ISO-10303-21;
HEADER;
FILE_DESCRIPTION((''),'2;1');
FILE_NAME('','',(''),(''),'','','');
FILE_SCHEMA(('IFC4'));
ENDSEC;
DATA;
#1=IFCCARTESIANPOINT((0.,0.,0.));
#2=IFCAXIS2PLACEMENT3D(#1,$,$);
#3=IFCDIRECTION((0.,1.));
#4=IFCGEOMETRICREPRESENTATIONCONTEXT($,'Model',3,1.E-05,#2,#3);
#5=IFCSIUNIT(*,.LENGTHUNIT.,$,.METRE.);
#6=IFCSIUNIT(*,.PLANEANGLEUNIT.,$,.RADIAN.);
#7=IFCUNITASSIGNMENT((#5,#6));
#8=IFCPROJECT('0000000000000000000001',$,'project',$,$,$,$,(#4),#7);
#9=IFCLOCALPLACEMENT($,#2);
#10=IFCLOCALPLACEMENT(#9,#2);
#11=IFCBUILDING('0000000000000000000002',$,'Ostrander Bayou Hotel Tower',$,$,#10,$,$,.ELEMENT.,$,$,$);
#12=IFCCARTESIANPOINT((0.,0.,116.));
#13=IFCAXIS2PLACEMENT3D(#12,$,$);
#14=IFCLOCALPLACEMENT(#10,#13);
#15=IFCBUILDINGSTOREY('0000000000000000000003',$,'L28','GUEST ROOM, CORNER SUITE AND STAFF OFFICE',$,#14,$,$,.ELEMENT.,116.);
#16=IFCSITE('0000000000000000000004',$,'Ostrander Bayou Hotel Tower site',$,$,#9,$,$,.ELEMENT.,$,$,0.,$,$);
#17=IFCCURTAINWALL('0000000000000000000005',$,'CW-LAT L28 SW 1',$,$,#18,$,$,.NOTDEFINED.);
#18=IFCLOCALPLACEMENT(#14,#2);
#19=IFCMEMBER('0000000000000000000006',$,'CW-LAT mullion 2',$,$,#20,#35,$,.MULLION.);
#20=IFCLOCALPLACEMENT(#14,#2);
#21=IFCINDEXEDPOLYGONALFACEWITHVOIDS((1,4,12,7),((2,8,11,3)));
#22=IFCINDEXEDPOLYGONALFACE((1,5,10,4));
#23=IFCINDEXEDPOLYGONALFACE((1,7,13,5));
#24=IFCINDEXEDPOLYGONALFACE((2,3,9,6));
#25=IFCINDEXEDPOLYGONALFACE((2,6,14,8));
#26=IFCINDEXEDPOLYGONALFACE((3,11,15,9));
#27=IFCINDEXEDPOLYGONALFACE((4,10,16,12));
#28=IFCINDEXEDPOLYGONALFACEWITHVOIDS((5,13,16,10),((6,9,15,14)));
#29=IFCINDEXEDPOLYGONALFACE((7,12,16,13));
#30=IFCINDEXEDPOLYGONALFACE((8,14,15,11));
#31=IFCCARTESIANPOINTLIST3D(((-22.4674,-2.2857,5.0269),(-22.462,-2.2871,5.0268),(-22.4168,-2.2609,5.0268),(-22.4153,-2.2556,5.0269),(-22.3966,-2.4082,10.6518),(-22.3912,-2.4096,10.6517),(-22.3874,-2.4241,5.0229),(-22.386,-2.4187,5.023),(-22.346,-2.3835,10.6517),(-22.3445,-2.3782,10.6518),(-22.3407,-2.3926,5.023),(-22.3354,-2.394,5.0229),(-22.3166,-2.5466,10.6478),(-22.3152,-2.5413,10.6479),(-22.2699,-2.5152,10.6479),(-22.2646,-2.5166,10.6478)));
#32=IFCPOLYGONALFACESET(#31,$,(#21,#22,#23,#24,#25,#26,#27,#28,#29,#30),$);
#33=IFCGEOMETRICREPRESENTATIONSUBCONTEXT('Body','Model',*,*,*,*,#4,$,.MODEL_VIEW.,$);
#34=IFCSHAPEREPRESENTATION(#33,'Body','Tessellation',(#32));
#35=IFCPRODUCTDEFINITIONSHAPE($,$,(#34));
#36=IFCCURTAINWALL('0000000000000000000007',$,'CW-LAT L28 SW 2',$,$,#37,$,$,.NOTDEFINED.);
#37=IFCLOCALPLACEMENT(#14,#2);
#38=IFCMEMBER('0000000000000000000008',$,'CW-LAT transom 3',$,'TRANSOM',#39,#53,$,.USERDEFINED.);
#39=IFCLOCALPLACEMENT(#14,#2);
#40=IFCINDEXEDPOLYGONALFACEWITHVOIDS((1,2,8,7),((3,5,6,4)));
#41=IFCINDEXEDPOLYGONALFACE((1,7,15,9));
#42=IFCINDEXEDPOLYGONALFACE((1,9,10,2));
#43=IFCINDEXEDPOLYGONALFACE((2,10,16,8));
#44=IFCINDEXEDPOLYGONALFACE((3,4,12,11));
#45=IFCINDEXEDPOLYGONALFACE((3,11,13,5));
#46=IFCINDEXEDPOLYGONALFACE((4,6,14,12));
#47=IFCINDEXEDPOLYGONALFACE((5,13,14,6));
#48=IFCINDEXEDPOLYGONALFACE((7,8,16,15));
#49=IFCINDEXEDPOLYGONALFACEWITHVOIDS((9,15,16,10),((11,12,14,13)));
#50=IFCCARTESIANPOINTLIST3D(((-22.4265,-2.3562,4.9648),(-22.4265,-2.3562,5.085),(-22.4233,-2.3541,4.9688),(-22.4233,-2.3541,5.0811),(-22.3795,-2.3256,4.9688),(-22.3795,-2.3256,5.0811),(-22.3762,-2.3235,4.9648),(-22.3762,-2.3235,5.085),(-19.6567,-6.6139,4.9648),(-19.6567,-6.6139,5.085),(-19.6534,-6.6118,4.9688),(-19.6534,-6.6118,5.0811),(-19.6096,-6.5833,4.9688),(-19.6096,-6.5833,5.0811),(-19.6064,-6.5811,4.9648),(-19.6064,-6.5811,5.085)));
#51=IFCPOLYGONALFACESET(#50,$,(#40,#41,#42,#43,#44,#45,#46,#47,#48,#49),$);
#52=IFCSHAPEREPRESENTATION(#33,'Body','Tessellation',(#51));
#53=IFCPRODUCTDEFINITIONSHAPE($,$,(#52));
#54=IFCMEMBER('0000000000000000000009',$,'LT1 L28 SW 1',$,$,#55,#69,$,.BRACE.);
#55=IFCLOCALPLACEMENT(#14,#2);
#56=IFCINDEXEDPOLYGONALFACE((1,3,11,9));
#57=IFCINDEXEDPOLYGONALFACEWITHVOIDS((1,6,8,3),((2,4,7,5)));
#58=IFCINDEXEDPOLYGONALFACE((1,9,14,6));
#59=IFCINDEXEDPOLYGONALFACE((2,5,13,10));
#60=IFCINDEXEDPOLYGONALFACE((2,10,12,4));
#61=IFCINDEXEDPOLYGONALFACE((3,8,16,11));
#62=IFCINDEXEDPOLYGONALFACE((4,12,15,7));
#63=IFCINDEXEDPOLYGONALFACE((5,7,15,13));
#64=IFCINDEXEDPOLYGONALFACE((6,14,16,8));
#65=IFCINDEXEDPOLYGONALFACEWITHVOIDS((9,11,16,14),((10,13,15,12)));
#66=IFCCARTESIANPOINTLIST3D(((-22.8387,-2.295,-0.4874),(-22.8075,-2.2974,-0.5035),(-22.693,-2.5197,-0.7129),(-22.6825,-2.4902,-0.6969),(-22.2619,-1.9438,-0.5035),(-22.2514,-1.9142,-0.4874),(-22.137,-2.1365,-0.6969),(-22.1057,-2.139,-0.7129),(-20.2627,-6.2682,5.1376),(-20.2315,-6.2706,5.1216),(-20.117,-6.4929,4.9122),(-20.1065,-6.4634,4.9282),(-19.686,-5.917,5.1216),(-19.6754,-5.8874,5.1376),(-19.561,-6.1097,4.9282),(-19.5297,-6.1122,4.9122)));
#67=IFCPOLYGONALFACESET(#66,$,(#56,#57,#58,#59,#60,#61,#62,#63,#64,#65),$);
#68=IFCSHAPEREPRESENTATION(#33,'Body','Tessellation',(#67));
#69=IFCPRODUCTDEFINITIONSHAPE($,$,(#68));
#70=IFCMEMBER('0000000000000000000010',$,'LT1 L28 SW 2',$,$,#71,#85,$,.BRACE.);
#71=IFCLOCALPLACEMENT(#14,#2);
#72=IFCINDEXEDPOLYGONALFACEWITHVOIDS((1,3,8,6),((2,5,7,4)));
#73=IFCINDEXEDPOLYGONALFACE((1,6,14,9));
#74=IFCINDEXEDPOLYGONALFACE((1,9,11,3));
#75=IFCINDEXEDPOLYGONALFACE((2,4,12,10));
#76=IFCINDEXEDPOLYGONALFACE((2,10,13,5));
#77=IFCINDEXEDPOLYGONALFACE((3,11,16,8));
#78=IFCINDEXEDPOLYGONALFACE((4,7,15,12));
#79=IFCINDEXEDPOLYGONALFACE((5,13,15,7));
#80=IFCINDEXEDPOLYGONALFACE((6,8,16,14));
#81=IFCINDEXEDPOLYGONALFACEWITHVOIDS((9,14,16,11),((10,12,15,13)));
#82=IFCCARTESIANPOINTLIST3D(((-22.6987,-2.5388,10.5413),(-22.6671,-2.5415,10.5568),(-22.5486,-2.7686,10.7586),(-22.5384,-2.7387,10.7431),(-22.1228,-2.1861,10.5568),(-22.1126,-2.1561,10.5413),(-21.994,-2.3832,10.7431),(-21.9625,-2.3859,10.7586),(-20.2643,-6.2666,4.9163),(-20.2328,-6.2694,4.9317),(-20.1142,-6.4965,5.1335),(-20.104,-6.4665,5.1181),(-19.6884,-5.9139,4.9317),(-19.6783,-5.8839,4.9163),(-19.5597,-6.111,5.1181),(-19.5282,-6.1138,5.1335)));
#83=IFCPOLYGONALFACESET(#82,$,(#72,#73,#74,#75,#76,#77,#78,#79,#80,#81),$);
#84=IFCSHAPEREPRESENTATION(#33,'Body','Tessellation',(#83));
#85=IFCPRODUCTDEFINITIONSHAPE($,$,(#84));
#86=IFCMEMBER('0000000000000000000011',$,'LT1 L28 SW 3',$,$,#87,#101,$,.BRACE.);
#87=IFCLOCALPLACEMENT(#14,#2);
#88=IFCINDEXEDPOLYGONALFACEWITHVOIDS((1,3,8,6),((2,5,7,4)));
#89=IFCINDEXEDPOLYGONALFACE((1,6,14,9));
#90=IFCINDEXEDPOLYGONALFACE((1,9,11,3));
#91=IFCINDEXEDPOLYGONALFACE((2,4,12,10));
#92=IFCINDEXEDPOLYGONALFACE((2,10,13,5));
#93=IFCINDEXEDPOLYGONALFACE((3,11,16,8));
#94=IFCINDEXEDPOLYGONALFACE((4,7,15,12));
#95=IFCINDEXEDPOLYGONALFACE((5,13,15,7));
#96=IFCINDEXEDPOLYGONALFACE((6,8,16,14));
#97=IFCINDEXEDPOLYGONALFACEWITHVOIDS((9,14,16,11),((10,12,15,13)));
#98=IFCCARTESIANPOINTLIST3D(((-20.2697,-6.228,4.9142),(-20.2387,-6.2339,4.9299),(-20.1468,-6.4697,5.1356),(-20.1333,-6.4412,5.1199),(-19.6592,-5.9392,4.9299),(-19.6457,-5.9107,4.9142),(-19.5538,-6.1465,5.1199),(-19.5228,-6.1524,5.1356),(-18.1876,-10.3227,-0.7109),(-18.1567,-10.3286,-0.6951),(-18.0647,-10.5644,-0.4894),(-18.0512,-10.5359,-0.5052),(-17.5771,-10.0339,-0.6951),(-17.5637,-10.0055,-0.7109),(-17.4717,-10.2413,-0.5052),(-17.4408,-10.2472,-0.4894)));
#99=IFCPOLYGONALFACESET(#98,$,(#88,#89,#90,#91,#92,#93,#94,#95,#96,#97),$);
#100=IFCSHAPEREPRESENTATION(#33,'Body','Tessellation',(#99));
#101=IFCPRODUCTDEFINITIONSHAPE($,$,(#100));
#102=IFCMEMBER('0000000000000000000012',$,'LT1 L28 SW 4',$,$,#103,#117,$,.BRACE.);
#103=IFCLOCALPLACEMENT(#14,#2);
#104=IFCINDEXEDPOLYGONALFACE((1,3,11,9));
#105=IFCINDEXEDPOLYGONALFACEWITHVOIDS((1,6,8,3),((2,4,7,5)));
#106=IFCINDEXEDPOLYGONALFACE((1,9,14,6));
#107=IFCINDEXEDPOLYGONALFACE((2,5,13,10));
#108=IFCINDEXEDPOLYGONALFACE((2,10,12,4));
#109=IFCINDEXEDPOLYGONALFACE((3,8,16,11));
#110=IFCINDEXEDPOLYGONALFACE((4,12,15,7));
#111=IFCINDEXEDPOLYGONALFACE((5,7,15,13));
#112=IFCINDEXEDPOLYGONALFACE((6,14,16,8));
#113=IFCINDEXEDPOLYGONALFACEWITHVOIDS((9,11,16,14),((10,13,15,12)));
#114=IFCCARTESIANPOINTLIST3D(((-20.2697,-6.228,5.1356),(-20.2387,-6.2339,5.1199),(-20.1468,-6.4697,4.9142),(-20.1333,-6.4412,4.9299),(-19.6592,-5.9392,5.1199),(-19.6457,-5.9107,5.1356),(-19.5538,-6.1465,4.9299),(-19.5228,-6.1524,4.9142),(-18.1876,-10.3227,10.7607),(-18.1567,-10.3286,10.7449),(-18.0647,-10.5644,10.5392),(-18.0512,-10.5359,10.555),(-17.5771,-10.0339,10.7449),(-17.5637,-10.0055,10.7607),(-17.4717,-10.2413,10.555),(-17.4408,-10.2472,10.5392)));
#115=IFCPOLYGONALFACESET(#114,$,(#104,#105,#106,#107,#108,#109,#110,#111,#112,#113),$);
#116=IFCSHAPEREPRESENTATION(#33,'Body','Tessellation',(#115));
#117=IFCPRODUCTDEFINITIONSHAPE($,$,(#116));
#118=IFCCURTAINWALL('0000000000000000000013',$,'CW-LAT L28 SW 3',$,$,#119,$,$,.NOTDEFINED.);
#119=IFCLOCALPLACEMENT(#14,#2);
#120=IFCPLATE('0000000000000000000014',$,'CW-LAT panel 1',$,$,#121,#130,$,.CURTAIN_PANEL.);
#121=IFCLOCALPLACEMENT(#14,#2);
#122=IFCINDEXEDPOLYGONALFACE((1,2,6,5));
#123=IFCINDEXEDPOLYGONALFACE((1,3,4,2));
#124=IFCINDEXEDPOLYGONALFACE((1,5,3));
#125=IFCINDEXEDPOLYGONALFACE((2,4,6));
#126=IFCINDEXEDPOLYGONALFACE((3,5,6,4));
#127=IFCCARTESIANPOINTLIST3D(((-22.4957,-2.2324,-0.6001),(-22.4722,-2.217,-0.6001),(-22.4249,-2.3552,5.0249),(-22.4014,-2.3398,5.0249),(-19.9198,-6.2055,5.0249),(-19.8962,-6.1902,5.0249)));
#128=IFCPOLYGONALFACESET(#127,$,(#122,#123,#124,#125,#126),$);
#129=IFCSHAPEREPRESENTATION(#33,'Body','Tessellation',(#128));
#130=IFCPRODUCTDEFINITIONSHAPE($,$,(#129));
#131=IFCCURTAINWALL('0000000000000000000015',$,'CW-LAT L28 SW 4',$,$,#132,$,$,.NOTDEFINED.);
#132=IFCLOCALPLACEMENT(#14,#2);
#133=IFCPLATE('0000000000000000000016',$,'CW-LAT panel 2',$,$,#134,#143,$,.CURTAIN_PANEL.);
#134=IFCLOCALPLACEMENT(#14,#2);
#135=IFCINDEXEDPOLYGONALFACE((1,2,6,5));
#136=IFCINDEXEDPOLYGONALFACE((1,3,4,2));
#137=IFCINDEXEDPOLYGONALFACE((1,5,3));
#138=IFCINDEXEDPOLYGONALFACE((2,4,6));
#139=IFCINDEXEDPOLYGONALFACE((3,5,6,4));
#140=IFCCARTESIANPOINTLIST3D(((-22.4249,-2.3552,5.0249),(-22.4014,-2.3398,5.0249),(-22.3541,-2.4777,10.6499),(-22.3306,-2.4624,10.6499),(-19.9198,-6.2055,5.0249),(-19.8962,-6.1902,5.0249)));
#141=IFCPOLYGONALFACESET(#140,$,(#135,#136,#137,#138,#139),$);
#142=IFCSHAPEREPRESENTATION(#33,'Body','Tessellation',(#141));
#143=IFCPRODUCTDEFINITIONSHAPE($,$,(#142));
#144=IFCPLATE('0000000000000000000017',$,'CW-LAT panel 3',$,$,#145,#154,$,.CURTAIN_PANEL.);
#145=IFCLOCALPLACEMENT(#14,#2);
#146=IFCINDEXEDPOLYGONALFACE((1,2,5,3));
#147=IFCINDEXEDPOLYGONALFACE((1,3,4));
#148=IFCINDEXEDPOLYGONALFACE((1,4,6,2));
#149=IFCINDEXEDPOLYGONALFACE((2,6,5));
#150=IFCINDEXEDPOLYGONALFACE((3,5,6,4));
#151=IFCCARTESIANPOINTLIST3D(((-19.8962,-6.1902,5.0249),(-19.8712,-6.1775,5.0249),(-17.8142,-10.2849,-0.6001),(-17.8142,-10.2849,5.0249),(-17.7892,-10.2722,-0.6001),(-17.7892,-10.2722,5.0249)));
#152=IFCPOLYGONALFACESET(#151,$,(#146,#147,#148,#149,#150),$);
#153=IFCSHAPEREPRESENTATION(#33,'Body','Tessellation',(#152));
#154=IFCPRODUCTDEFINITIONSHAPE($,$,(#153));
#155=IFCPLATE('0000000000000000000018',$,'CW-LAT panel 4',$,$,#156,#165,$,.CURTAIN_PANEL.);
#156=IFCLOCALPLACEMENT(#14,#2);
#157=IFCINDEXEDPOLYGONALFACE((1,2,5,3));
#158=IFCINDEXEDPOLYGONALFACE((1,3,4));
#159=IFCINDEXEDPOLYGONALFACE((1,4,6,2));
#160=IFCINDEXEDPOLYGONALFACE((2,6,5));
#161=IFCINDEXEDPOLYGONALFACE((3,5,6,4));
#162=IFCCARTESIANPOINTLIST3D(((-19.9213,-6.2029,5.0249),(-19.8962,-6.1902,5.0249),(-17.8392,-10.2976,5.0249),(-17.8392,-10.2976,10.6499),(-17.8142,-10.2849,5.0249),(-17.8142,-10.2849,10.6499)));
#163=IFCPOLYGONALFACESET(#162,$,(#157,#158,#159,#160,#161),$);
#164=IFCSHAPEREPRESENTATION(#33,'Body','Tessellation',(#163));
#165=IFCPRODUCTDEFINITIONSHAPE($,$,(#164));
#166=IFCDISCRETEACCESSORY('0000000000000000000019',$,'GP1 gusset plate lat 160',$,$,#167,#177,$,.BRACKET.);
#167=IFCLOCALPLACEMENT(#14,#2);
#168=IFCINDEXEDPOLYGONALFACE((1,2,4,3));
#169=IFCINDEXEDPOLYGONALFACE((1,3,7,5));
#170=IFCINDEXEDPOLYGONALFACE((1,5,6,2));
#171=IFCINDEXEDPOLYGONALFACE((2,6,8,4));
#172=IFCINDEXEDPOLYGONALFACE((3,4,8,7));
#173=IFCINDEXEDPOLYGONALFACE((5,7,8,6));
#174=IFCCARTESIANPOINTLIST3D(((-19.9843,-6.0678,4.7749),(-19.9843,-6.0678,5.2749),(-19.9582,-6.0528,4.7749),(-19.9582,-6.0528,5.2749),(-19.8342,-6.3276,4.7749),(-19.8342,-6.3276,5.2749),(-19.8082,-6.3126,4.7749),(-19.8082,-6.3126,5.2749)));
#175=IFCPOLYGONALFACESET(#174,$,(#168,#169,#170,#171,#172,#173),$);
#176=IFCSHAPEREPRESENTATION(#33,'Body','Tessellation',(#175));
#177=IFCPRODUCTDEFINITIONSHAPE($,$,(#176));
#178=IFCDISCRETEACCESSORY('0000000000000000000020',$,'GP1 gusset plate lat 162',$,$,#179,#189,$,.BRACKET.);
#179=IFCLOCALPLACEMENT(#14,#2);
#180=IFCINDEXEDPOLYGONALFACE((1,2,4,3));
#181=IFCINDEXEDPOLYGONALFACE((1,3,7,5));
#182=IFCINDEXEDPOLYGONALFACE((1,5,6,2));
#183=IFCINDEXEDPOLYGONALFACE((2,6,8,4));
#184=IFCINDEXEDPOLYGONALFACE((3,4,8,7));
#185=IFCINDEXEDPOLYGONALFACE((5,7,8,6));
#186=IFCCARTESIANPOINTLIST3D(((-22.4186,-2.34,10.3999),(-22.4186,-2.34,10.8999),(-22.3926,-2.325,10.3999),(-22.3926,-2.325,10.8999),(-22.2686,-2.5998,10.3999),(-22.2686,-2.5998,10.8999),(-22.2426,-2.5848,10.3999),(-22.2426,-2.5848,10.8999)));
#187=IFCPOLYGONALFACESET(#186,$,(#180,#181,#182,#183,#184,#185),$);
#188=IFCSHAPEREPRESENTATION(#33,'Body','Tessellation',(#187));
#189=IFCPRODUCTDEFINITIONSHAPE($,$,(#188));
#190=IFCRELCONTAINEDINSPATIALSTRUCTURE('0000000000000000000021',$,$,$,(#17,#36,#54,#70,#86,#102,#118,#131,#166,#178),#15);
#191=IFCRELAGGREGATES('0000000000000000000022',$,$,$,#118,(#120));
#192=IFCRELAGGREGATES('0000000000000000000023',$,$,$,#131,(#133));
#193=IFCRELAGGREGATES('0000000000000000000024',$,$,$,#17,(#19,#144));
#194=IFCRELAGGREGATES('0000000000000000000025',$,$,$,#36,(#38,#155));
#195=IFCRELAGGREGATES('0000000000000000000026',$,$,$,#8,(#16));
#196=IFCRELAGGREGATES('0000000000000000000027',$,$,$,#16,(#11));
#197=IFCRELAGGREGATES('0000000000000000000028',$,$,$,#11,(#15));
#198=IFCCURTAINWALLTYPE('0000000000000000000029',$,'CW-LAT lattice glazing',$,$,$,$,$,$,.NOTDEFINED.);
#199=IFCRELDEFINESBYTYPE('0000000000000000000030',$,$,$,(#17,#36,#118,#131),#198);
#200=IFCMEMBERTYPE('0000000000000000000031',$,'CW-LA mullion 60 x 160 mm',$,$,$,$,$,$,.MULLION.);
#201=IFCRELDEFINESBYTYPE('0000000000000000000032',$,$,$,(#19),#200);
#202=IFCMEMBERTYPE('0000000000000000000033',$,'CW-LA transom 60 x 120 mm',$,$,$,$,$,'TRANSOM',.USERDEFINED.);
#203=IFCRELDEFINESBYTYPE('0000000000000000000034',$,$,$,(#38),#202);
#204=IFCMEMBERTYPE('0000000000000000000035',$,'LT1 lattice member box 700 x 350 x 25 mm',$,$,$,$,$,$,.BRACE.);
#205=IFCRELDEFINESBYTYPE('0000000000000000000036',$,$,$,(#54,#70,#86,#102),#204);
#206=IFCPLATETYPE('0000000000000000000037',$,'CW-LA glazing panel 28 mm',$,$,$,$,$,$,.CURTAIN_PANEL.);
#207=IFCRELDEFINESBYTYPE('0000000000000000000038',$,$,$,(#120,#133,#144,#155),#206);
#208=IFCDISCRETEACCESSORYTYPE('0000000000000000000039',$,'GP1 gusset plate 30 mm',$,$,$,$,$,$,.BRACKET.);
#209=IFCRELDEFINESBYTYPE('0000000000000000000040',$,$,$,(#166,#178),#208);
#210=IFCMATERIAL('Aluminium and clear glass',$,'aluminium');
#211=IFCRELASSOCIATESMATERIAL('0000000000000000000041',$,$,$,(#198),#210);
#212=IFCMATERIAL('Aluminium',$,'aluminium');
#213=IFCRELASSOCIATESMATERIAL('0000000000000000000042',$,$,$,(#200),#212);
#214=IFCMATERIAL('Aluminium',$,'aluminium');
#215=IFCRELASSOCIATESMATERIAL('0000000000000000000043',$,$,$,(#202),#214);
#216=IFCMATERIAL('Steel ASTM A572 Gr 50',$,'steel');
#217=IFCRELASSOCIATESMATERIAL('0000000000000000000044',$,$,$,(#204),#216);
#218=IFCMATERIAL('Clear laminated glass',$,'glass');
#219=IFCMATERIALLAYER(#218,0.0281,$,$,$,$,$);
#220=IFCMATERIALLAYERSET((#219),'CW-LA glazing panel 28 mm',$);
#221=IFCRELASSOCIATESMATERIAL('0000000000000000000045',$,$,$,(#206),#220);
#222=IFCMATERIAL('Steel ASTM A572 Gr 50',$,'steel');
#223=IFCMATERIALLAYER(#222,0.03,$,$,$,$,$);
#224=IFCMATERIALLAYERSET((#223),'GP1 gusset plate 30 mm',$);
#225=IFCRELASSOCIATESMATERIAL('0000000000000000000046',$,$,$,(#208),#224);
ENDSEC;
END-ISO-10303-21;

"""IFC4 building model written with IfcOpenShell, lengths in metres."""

from ifc_helpers import new_model, si_unit, direction, frame, origin, origin_2d, place, context, subcontext, project, spatial, polyline, rectangle, hollow_rectangle, outline, extrude, material, layer, layer_set, material_profile, profile_set, type_object, element, aggregate, save


model = new_model("IFC4")

# Units and contexts
model_context = context("Model", 3, precision=1e-05, world=origin(), true_north=direction((0.0, 1.0)))
body_context = subcontext(model_context, "Body", "Model", "MODEL_VIEW")
ifc_project = project(units=[si_unit("LENGTHUNIT", "METRE"), si_unit("PLANEANGLEUNIT", "RADIAN")], contexts=[model_context])

# Site, building, storey
site_placement = place(None, origin())
site = spatial("IfcSite", under=ifc_project, at=site_placement, Name="Ostrander Bayou Hotel Tower site", CompositionType="ELEMENT", RefElevation=0.0)
building_placement = place(site_placement, origin())
building = spatial("IfcBuilding", under=site, at=building_placement, Name="Ostrander Bayou Hotel Tower", CompositionType="ELEMENT")
storey_placement = place(building_placement, frame((0.0, 0.0, 116.0)))
storey = spatial("IfcBuildingStorey", under=building, at=storey_placement, Name="L28", Description="GUEST ROOM, CORNER SUITE AND STAFF OFFICE", CompositionType="ELEMENT", Elevation=116.0)

# Curtain walls, members
ifc_material_1 = material(Name="Aluminium and clear glass", Category="aluminium")
curtain_wall_type = type_object("IfcCurtainWallType", Name="CW-LAT lattice glazing", PredefinedType="NOTDEFINED", material=ifc_material_1)
curtain_wall_1_placement = place(storey_placement, origin())
curtain_wall_1 = element("IfcCurtainWall", 1, at=curtain_wall_1_placement, inside=storey, type_object=curtain_wall_type, Name="CW-LAT L28 SW 1", PredefinedType="NOTDEFINED")
ifc_material_2 = material(Name="Aluminium", Category="aluminium")
ifc_material_profile_1 = material_profile(ifc_material_2, hollow_rectangle(XDim=0.0601, YDim=0.1599, WallThickness=0.0039, at=origin_2d()))
ifc_profile_set_1 = profile_set([ifc_material_profile_1], Name="Aluminium")
member_type_1 = type_object("IfcMemberType", Name="CW-LA mullion 60 x 160 mm", PredefinedType="MULLION", material=ifc_profile_set_1)
member_1_placement = place(storey_placement, frame((-22.4014, -2.3398, 5.0249), z_axis=(0.012583, -0.021781, 0.999684), x_axis=(0.865898, 0.50022, 0.0)))
member_1 = element("IfcMember", 2, at=member_1_placement, type_object=member_type_1, Name="CW-LAT mullion 2", PredefinedType="MULLION", context=body_context, shape_type="SweptSolid", body=[
    extrude(hollow_rectangle(XDim=0.0601, YDim=0.1599, WallThickness=0.0039, at=origin_2d()), origin(), (0.0, 0.0, 1.0), 5.6267),
])
curtain_wall_2_placement = place(storey_placement, origin())
curtain_wall_2 = element("IfcCurtainWall", 3, at=curtain_wall_2_placement, inside=storey, type_object=curtain_wall_type, Name="CW-LAT L28 SW 2", PredefinedType="NOTDEFINED")
ifc_material_3 = material(Name="Aluminium", Category="aluminium")
ifc_material_profile_2 = material_profile(ifc_material_3, hollow_rectangle(XDim=0.0601, YDim=0.1201, WallThickness=0.0039, at=origin_2d()))
ifc_profile_set_2 = profile_set([ifc_material_profile_2], Name="Aluminium")
member_type_2 = type_object("IfcMemberType", Name="CW-LA transom 60 x 120 mm", ElementType="TRANSOM", PredefinedType="USERDEFINED", material=ifc_profile_set_2)
member_2_placement = place(storey_placement, frame((-22.4014, -2.3398, 5.0249), z_axis=(0.545314, -0.838232, 0.0), x_axis=(0.838232, 0.545314, 0.0)))
member_2 = element("IfcMember", 4, at=member_2_placement, type_object=member_type_2, Name="CW-LAT transom 3", ObjectType="TRANSOM", PredefinedType="USERDEFINED", context=body_context, shape_type="SweptSolid", body=[
    extrude(hollow_rectangle(XDim=0.0601, YDim=0.1201, WallThickness=0.0039, at=origin_2d()), origin(), (0.0, 0.0, 1.0), 5.0793),
])

# Members
ifc_material_4 = material(Name="Steel ASTM A572 Gr 50", Category="steel")
ifc_material_profile_3 = material_profile(ifc_material_4, hollow_rectangle(XDim=0.7, YDim=0.3501, WallThickness=0.0249, at=origin_2d()))
ifc_profile_set_3 = profile_set([ifc_material_profile_3], Name="Steel ASTM A572 Gr 50")
member_type_3 = type_object("IfcMemberType", Name="LT1 lattice member box 700 x 350 x 25 mm", PredefinedType="BRACE", material=ifc_profile_set_3)
member_3_placement = place(storey_placement, frame((-19.8962, -6.1902, 5.0249), z_axis=(-0.350339, 0.540367, -0.765027), x_axis=(-0.839082, -0.544006, 0.0)))
element("IfcMember", 5, at=member_3_placement, inside=storey, type_object=member_type_3, Name="LT1 L28 SW 1", PredefinedType="BRACE", context=body_context, shape_type="SweptSolid", body=[
    extrude(hollow_rectangle(XDim=0.7, YDim=0.3501, WallThickness=0.0249, at=origin_2d()), origin(), (0.0, 0.0, 1.0), 7.3528),
])
member_4_placement = place(storey_placement, frame((-19.8962, -6.1902, 5.0249), z_axis=(-0.339337, 0.519641, 0.784107), x_axis=(-0.837285, -0.546766, 0.0)))
element("IfcMember", 6, at=member_4_placement, inside=storey, type_object=member_type_3, Name="LT1 L28 SW 2", PredefinedType="BRACE", context=body_context, shape_type="SweptSolid", body=[
    extrude(hollow_rectangle(XDim=0.7, YDim=0.3501, WallThickness=0.0249, at=origin_2d()), origin(), (0.0, 0.0, 1.0), 7.1738),
])
for number, where, z_axis, x_axis, name in (
    (7, (-19.8962, -6.1902, 5.0249), (0.286687, -0.563827, -0.774539), (0.891388, 0.453241, 0.0), "LT1 L28 SW 3"),
    (8, (-19.8962, -6.1902, 5.0249), (0.286687, -0.563827, 0.774539), (0.891388, 0.453241, 0.0), "LT1 L28 SW 4"),
):
    element("IfcMember", number, at=place(storey_placement, frame(where, z_axis=z_axis, x_axis=x_axis)), inside=storey, type_object=member_type_3, Name=name, PredefinedType="BRACE", context=body_context, shape_type="SweptSolid", body=[
        extrude(hollow_rectangle(XDim=0.7, YDim=0.3501, WallThickness=0.0249, at=origin_2d()), origin(), (0.0, 0.0, 1.0), 7.2625),
    ])

# Curtain walls, plates
curtain_wall_3_placement = place(storey_placement, origin())
curtain_wall_3 = element("IfcCurtainWall", 9, at=curtain_wall_3_placement, inside=storey, type_object=curtain_wall_type, Name="CW-LAT L28 SW 3", PredefinedType="NOTDEFINED")
ifc_material_5 = material(Name="Clear laminated glass", Category="glass")
ifc_layer_1 = layer(ifc_material_5, 0.0281)
ifc_layer_set_1 = layer_set([ifc_layer_1], Name="CW-LA glazing panel 28 mm")
plate_type = type_object("IfcPlateType", Name="CW-LA glazing panel 28 mm", PredefinedType="CURTAIN_PANEL", material=ifc_layer_set_1)
plate_1_placement = place(storey_placement, frame((-19.8962, -6.1902, 5.0249), z_axis=(0.838204, 0.545356, 0.001356), x_axis=(-0.350339, 0.540367, -0.765027)))
plate_1 = element("IfcPlate", 10, at=plate_1_placement, type_object=plate_type, Name="CW-LAT panel 1", PredefinedType="CURTAIN_PANEL", context=body_context, shape_type="SweptSolid", body=[
    extrude(outline(polyline([(0.0, 0.0), (7.3527, 0.0), (2.9582, 3.5142), (0.0, 0.0)])), origin(), (0.0, 0.0, -1.0), 0.0281),
])
aggregate(curtain_wall_3, [plate_1])
curtain_wall_4_placement = place(storey_placement, origin())
curtain_wall_4 = element("IfcCurtainWall", 11, at=curtain_wall_4_placement, inside=storey, type_object=curtain_wall_type, Name="CW-LAT L28 SW 4", PredefinedType="NOTDEFINED")
plate_2_placement = place(storey_placement, frame((-19.8962, -6.1902, 5.0249), z_axis=(0.838204, 0.545356, 0.001332), x_axis=(-0.339337, 0.519641, 0.784107)))
plate_2 = element("IfcPlate", 12, at=plate_2_placement, type_object=plate_type, Name="CW-LAT panel 2", PredefinedType="CURTAIN_PANEL", context=body_context, shape_type="SweptSolid", body=[
    extrude(outline(polyline([(0.0, 0.0), (7.1738, 0.0), (2.8509, -3.6018), (0.0, 0.0)])), origin(), (0.0, 0.0, -1.0), 0.0281),
])
aggregate(curtain_wall_4, [plate_2])

# Plates
plate_3_placement = place(storey_placement, frame((-19.8962, -6.1902, 5.0249), z_axis=(-0.891388, -0.453241, 0.0), x_axis=(0.286687, -0.563827, -0.774539)))
plate_3 = element("IfcPlate", 13, at=plate_3_placement, type_object=plate_type, Name="CW-LAT panel 3", PredefinedType="CURTAIN_PANEL", context=body_context, shape_type="SweptSolid", body=[
    extrude(outline(polyline([(0.0, 0.0), (7.2624, 0.0), (2.9056, 3.558), (0.0, 0.0)])), origin(), (0.0, 0.0, -1.0), 0.0281),
])
aggregate(curtain_wall_1, [member_1, plate_3])
plate_4_placement = place(storey_placement, frame((-19.8962, -6.1902, 5.0249), z_axis=(0.891388, 0.453241, 0.0), x_axis=(0.286687, -0.563827, 0.774539)))
plate_4 = element("IfcPlate", 14, at=plate_4_placement, type_object=plate_type, Name="CW-LAT panel 4", PredefinedType="CURTAIN_PANEL", context=body_context, shape_type="SweptSolid", body=[
    extrude(outline(polyline([(0.0, 0.0), (7.2624, 0.0), (2.9056, 3.558), (0.0, 0.0)])), origin(), (0.0, 0.0, -1.0), 0.0281),
])
aggregate(curtain_wall_2, [member_2, plate_4])

# Discrete accessories
ifc_material_6 = material(Name="Steel ASTM A572 Gr 50", Category="steel")
ifc_layer_2 = layer(ifc_material_6, 0.03)
ifc_layer_set_2 = layer_set([ifc_layer_2], Name="GP1 gusset plate 30 mm")
discrete_accessory_type = type_object("IfcDiscreteAccessoryType", Name="GP1 gusset plate 30 mm", PredefinedType="BRACKET", material=ifc_layer_set_2)
for number, where, z_axis, x_axis, name in (
    (15, (-19.8962, -6.1902, 4.7749), (0.0, 0.0, 1.0), (0.5, -0.866025, 0.0), "GP1 gusset plate lat 160"),
    (16, (-22.3306, -2.4624, 10.3999), (0.0, 0.0, 1.0), (0.5, -0.866025, 0.0), "GP1 gusset plate lat 162"),
):
    element("IfcDiscreteAccessory", number, at=place(storey_placement, frame(where, z_axis=z_axis, x_axis=x_axis)), inside=storey, type_object=discrete_accessory_type, Name=name, PredefinedType="BRACKET", context=body_context, shape_type="SweptSolid", body=[
        extrude(rectangle(XDim=0.3, YDim=0.03, at=origin_2d()), origin(), (0.0, 0.0, 1.0), 0.5),
    ])

save(model, "model.ifc")
